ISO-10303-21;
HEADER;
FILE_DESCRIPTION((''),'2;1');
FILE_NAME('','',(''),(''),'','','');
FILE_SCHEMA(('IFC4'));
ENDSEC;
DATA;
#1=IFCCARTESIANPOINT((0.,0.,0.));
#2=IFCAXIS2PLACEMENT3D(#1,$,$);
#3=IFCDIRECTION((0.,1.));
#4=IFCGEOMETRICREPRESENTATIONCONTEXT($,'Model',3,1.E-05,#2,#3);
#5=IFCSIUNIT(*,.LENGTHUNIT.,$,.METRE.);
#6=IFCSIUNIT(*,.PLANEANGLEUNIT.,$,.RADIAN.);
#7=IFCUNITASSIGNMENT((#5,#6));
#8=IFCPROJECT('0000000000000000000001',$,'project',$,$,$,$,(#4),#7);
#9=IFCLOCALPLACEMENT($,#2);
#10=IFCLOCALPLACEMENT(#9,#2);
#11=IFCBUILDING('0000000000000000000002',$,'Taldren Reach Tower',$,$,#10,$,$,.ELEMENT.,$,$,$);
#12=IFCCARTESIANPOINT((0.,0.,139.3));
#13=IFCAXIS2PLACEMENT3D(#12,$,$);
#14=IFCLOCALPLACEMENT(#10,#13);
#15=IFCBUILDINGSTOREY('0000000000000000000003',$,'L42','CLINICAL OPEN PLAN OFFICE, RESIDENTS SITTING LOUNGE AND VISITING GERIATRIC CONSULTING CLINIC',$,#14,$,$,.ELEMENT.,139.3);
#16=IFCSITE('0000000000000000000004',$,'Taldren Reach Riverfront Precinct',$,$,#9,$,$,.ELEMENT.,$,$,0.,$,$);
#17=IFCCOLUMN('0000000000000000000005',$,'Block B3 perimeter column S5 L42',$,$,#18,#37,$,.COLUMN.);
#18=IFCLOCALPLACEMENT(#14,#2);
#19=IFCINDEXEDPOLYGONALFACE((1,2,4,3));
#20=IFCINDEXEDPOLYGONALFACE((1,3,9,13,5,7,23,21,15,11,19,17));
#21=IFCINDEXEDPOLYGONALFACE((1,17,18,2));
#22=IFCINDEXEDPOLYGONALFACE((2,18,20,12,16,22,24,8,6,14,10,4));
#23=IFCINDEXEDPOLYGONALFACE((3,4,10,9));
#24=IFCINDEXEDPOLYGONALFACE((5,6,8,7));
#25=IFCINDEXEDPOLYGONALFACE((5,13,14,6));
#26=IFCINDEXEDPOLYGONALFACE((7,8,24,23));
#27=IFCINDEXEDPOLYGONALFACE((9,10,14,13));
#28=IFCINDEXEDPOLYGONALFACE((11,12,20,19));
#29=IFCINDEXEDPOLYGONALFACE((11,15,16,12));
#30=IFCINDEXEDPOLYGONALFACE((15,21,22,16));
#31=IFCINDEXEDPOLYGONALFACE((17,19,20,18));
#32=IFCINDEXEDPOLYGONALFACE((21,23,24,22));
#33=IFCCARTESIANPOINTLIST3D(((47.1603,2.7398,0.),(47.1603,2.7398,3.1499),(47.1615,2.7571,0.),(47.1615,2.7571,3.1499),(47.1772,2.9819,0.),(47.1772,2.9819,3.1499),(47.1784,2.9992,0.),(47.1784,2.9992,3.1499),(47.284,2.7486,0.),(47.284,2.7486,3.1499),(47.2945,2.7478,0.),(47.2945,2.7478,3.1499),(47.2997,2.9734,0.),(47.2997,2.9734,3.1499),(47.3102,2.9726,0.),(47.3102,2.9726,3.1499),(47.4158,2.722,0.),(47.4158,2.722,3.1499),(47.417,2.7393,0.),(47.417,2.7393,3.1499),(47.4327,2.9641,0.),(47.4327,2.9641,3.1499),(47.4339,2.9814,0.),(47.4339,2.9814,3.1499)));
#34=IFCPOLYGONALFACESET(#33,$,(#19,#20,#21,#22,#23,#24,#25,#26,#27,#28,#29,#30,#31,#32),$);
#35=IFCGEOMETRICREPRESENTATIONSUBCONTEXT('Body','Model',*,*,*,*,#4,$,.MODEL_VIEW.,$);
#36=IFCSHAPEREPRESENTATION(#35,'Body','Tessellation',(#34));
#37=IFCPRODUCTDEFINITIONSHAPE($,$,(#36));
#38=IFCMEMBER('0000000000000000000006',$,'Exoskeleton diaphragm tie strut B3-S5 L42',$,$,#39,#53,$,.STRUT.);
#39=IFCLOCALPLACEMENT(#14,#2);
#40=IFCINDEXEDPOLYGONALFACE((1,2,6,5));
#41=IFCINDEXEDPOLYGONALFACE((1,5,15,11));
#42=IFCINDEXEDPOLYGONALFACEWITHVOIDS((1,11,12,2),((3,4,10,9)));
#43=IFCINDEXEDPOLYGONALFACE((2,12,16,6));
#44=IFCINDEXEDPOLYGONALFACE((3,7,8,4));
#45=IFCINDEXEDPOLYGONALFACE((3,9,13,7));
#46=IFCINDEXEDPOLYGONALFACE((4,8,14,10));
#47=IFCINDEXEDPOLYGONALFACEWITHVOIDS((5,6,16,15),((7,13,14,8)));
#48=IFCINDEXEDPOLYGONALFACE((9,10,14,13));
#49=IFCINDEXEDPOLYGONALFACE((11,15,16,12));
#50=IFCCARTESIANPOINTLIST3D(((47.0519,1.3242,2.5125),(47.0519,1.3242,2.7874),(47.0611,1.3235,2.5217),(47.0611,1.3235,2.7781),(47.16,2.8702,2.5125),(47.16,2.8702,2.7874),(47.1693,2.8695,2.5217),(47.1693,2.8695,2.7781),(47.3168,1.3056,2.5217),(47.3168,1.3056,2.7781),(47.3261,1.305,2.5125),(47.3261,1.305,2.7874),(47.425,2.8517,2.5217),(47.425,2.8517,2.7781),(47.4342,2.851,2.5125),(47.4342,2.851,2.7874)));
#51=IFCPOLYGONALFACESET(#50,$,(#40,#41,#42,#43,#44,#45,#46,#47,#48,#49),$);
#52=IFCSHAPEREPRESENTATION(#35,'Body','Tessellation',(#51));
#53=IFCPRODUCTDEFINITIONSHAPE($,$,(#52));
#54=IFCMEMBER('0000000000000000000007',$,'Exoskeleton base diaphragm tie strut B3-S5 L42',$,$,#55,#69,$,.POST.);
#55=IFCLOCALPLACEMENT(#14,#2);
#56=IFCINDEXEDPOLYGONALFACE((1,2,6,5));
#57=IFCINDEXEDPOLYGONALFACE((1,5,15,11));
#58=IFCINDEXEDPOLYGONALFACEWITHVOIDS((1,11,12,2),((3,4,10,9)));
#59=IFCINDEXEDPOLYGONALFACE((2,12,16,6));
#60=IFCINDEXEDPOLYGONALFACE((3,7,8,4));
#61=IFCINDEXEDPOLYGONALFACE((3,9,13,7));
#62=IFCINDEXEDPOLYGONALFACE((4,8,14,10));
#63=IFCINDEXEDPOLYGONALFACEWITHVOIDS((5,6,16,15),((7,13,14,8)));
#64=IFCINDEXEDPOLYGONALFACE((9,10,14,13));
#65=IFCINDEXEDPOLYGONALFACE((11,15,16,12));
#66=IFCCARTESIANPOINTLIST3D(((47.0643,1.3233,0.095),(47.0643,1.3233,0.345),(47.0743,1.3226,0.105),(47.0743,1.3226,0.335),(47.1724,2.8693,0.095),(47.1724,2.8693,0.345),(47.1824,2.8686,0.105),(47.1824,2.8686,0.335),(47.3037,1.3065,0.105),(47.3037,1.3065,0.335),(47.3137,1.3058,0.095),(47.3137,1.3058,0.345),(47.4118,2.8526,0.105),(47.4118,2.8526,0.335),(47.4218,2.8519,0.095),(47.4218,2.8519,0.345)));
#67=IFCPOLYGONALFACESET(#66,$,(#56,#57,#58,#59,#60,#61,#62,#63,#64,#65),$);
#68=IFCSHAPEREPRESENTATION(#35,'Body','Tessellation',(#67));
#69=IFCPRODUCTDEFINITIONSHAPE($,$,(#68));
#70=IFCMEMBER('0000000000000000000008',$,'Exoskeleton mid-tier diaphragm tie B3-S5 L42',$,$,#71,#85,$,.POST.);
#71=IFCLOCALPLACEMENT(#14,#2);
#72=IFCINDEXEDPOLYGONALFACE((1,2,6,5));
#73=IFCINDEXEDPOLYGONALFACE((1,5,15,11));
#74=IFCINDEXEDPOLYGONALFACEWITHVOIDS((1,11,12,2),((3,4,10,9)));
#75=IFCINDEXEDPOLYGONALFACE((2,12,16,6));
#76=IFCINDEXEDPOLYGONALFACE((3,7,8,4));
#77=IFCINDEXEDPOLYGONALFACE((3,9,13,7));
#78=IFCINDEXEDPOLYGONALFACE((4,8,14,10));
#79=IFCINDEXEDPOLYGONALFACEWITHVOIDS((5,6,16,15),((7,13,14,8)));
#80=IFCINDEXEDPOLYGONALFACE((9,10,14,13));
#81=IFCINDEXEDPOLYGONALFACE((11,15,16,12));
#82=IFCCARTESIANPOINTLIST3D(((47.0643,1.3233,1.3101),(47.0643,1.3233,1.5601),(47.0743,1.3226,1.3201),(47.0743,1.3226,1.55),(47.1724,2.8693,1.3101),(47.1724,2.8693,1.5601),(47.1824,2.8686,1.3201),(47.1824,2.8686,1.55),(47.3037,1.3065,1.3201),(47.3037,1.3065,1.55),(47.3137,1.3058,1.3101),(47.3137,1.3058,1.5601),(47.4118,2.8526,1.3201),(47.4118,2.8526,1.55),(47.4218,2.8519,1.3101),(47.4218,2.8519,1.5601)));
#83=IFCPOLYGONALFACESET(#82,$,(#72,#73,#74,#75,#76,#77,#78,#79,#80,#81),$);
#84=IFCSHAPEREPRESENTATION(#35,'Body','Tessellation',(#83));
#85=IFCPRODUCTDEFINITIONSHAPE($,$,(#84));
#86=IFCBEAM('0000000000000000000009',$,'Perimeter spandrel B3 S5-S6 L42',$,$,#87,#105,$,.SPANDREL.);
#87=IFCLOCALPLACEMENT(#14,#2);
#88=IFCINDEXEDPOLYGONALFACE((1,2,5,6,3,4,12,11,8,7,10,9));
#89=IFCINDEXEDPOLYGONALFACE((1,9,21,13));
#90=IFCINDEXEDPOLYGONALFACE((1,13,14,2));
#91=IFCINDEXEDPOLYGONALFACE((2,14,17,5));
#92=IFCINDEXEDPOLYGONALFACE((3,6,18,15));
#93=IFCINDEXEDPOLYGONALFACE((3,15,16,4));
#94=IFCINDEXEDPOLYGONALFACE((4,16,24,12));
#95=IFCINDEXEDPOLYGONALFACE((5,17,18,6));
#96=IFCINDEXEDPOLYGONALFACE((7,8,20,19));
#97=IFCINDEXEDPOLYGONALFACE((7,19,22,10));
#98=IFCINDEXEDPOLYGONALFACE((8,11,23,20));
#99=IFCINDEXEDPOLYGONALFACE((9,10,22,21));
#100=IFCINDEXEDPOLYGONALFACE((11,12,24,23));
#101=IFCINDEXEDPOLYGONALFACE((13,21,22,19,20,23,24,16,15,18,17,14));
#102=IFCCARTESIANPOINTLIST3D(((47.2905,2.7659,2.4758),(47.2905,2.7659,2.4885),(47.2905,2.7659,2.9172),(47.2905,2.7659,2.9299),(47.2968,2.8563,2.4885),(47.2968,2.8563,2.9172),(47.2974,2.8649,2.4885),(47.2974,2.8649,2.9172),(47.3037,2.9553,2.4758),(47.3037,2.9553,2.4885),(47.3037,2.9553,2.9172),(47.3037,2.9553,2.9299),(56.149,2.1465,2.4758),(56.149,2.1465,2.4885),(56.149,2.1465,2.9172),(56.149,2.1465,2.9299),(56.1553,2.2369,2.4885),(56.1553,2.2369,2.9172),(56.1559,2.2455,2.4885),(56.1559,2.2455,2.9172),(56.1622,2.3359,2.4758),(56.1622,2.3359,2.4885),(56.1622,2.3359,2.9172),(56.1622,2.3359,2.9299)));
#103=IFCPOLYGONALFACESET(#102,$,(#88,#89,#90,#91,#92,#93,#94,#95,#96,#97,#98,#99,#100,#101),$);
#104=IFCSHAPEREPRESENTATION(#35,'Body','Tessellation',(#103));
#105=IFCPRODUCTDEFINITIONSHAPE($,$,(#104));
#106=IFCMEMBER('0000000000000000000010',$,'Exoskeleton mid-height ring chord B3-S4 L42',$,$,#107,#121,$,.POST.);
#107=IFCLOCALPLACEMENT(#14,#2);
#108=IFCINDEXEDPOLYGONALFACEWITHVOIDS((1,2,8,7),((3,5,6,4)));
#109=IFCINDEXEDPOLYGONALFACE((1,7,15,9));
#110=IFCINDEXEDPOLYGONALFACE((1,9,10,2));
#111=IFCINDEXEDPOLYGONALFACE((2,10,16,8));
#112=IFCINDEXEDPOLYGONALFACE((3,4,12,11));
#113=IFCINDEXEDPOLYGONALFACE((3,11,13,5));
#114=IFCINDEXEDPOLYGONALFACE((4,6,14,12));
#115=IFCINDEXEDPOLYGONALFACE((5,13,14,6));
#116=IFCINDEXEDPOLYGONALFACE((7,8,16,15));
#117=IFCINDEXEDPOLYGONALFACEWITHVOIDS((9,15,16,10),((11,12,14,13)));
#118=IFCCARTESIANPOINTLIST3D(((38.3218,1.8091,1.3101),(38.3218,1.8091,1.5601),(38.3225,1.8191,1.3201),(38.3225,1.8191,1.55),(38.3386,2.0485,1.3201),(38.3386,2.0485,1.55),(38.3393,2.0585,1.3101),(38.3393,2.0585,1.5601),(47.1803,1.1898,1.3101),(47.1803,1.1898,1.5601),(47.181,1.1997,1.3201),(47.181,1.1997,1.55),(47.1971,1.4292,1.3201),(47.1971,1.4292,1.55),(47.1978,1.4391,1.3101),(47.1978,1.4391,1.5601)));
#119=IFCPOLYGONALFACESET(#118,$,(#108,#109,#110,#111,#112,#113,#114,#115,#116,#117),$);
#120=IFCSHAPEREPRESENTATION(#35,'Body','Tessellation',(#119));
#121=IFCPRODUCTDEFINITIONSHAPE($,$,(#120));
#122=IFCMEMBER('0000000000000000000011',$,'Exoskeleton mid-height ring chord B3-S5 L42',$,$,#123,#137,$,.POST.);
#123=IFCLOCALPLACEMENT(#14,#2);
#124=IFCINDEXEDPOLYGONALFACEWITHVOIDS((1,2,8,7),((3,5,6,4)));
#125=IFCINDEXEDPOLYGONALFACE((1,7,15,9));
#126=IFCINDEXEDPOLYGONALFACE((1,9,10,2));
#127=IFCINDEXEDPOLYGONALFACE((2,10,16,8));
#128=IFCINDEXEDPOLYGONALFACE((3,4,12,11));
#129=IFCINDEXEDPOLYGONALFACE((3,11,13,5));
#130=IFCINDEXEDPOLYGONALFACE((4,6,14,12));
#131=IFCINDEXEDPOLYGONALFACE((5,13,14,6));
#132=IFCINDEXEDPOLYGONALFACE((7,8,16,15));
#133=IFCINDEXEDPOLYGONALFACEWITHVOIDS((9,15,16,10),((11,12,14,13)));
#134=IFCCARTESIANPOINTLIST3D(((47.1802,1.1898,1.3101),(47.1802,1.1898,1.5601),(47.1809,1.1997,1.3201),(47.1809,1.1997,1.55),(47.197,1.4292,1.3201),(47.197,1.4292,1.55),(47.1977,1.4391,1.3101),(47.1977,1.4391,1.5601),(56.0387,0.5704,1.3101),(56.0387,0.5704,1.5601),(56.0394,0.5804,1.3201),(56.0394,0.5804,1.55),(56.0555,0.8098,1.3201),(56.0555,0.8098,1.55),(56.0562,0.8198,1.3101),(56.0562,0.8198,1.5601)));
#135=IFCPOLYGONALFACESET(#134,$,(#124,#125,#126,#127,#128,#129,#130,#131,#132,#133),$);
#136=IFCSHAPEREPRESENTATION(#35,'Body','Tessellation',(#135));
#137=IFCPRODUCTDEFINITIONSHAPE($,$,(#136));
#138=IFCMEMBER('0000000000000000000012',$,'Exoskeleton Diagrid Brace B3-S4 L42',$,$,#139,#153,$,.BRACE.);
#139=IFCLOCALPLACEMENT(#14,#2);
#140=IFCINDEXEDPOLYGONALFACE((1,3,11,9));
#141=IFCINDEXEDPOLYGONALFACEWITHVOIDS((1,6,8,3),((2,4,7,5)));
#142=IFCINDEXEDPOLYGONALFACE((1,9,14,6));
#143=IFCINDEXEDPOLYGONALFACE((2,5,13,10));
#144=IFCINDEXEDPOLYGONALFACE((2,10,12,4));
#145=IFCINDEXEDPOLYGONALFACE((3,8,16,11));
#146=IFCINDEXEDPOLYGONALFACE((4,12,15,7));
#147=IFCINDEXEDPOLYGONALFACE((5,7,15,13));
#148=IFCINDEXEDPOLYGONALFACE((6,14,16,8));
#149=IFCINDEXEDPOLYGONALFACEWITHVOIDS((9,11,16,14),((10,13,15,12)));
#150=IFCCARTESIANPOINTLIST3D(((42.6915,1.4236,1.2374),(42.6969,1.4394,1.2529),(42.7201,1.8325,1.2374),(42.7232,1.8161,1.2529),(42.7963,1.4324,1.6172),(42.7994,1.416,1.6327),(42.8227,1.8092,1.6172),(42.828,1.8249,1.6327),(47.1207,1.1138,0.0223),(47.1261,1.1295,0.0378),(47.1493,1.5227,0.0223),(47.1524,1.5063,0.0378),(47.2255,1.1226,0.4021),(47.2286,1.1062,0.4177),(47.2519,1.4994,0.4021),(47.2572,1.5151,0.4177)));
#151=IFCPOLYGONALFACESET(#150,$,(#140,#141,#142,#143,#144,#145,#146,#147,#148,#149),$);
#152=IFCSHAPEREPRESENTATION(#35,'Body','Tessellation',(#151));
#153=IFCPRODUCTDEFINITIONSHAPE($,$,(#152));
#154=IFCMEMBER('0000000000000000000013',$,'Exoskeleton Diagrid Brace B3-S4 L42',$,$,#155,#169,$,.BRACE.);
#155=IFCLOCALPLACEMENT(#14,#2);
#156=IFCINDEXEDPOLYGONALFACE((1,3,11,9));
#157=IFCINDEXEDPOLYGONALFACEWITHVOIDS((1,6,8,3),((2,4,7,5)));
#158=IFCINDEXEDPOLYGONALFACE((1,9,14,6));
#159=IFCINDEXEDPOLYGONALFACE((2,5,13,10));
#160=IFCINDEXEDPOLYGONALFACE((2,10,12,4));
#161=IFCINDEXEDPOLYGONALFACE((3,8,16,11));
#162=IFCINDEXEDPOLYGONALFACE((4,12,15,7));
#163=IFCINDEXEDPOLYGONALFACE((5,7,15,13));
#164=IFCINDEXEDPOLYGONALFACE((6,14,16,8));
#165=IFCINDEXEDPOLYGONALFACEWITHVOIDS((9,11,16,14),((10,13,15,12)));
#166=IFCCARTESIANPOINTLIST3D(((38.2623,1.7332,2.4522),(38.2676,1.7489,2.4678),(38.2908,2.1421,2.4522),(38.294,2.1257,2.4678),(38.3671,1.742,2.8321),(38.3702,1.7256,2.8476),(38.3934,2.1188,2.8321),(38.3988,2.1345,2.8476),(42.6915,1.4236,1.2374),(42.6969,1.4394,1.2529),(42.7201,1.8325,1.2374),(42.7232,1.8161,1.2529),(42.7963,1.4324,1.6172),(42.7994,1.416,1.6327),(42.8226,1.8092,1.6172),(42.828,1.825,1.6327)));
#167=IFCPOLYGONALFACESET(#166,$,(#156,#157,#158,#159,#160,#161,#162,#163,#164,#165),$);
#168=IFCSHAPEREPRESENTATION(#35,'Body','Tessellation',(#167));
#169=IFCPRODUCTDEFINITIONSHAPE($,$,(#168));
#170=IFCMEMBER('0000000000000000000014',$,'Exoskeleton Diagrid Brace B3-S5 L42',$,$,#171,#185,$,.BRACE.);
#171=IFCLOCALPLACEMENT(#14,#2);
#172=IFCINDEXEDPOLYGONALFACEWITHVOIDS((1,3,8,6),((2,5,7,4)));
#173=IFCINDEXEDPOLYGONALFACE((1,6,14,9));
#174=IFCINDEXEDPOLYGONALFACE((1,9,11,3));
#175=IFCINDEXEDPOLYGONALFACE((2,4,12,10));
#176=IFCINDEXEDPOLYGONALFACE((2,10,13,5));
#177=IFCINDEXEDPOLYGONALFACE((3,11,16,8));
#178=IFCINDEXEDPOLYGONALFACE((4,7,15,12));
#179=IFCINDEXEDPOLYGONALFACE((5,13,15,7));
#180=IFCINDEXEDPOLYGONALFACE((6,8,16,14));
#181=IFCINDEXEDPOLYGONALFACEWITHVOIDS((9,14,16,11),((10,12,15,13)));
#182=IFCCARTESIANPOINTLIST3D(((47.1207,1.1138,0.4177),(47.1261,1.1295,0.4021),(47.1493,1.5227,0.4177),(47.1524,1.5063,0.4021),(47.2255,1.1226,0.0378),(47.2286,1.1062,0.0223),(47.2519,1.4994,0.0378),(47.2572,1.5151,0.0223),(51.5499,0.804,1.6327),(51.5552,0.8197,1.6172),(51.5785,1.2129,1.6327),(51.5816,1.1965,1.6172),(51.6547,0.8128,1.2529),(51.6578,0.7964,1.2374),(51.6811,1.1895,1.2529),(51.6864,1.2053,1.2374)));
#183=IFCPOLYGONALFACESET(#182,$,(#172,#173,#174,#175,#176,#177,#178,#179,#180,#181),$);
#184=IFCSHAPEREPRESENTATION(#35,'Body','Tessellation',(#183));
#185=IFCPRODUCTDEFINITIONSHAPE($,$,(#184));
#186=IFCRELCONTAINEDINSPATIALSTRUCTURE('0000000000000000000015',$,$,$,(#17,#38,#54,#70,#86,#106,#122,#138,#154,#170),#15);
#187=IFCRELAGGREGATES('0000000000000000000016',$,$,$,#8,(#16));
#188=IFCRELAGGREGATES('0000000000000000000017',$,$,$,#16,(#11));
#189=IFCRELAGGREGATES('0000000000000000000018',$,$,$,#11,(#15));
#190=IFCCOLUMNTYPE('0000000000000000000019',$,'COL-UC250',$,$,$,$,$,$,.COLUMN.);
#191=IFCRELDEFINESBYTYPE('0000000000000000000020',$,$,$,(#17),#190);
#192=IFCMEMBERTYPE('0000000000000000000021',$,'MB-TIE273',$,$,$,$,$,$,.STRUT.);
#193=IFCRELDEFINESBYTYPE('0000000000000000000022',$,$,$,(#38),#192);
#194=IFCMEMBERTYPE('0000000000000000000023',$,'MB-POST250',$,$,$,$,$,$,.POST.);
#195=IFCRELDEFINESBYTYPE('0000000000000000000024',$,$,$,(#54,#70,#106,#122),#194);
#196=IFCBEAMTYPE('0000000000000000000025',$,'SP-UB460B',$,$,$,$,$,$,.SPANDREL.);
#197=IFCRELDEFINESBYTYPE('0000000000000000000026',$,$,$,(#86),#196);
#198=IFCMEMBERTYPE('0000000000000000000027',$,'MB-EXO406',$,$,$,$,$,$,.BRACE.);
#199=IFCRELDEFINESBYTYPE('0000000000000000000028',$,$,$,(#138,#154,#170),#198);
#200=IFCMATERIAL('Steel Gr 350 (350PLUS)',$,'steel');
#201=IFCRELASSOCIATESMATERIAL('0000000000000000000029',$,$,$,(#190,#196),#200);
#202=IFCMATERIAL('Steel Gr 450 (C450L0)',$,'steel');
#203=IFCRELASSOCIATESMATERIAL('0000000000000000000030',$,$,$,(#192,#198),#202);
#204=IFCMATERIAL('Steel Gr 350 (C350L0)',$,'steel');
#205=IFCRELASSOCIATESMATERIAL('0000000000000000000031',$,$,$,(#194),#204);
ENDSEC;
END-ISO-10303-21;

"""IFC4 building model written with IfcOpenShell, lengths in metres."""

from ifc_helpers import new_model, si_unit, direction, frame, origin, origin_2d, place, context, subcontext, project, spatial, hollow_rectangle, i_section, extrude, source, transform, mapped, material, material_profile, profile_set, type_object, element, save


model = new_model("IFC4")

# Units and contexts
model_context = context("Model", 3, precision=1e-05, world=origin(), true_north=direction((0.0, 1.0)))
body_context = subcontext(model_context, "Body", "Model", "MODEL_VIEW")
ifc_project = project(units=[si_unit("LENGTHUNIT", "METRE"), si_unit("PLANEANGLEUNIT", "RADIAN")], contexts=[model_context])

# Site, building, storey
site_placement = place(None, origin())
site = spatial("IfcSite", under=ifc_project, at=site_placement, Name="Taldren Reach Riverfront Precinct", CompositionType="ELEMENT", RefElevation=0.0)
building_placement = place(site_placement, origin())
building = spatial("IfcBuilding", under=site, at=building_placement, Name="Taldren Reach Tower", CompositionType="ELEMENT")
storey_placement = place(building_placement, frame((0.0, 0.0, 139.3)))
storey = spatial("IfcBuildingStorey", under=building, at=storey_placement, Name="L42", Description="CLINICAL OPEN PLAN OFFICE, RESIDENTS SITTING LOUNGE AND VISITING GERIATRIC CONSULTING CLINIC", CompositionType="ELEMENT", Elevation=139.3)

# Column
ifc_material_1 = material(Name="Steel Gr 350 (350PLUS)", Category="steel")
ifc_material_profile_1 = material_profile(ifc_material_1, i_section(OverallWidth=0.2561, OverallDepth=0.26, WebThickness=0.0105, FlangeThickness=0.0173, at=origin_2d()), Name="250UC89.5")
ifc_profile_set_1 = profile_set([ifc_material_profile_1], Name="Steel Gr 350 (350PLUS)")
column_type = type_object("IfcColumnType", Name="COL-UC250", PredefinedType="COLUMN", material=ifc_profile_set_1)
shared_shape_1 = source(origin(), body_context, "Body", "SweptSolid", [
    extrude(i_section(OverallWidth=0.2561, OverallDepth=0.26, WebThickness=0.0105, FlangeThickness=0.0173, at=origin_2d()), origin(), (0.0, 0.0, 1.0), 3.1499),
])
column_placement = place(storey_placement, frame((47.2971, 2.8606, 0.0), z_axis=(0.0, 0.0, 1.0), x_axis=(0.997564, -0.069756, 0.0)))
element("IfcColumn", 1, at=column_placement, inside=storey, type_object=column_type, Name="Block B3 perimeter column S5 L42", PredefinedType="COLUMN", context=body_context, shape_type="MappedRepresentation", body=[
    mapped(shared_shape_1, transform((0.0, 0.0, 0.0), scale=1.0)),
])

# Members
ifc_material_2 = material(Name="Steel Gr 450 (C450L0)", Category="steel")
ifc_material_profile_2 = material_profile(ifc_material_2, hollow_rectangle(XDim=0.2749, YDim=0.2749, WallThickness=0.0093, at=origin_2d()), Name="275x275x9.3SHS")
ifc_profile_set_2 = profile_set([ifc_material_profile_2], Name="Steel Gr 450 (C450L0)")
member_type_1 = type_object("IfcMemberType", Name="MB-TIE273", PredefinedType="STRUT", material=ifc_profile_set_2)
shared_shape_2 = source(origin(), body_context, "Body", "SweptSolid", [
    extrude(hollow_rectangle(XDim=0.2749, YDim=0.2749, WallThickness=0.0093, at=origin_2d()), origin(), (0.0, 0.0, 1.0), 1.5498),
])
member_1_placement = place(storey_placement, frame((47.2971, 2.8606, 2.6499), z_axis=(-0.069781, -0.997562, 0.0), x_axis=(0.997562, -0.069781, 0.0)))
element("IfcMember", 2, at=member_1_placement, inside=storey, type_object=member_type_1, Name="Exoskeleton diaphragm tie strut B3-S5 L42", PredefinedType="STRUT", context=body_context, shape_type="MappedRepresentation", body=[
    mapped(shared_shape_2, transform((0.0, 0.0, 0.0), scale=1.0)),
])
ifc_material_3 = material(Name="Steel Gr 350 (C350L0)", Category="steel")
ifc_material_profile_3 = material_profile(ifc_material_3, hollow_rectangle(XDim=0.25, YDim=0.25, WallThickness=0.01, at=origin_2d()), Name="250x250x10.0SHS")
ifc_profile_set_3 = profile_set([ifc_material_profile_3], Name="Steel Gr 350 (C350L0)")
member_type_2 = type_object("IfcMemberType", Name="MB-POST250", PredefinedType="POST", material=ifc_profile_set_3)
shared_shape_3 = source(origin(), body_context, "Body", "SweptSolid", [
    extrude(hollow_rectangle(XDim=0.25, YDim=0.25, WallThickness=0.01, at=origin_2d()), origin(), (0.0, 0.0, 1.0), 1.5498),
])
for number, where, z_axis, x_axis, name in (
    (3, (47.2971, 2.8606, 0.22), (-0.069781, -0.997562, 0.0), (0.997562, -0.069781, 0.0), "Exoskeleton base diaphragm tie strut B3-S5 L42"),
    (4, (47.2971, 2.8606, 1.4351), (-0.069781, -0.997562, 0.0), (0.997562, -0.069781, 0.0), "Exoskeleton mid-tier diaphragm tie B3-S5 L42"),
):
    element("IfcMember", number, at=place(storey_placement, frame(where, z_axis=z_axis, x_axis=x_axis)), inside=storey, type_object=member_type_2, Name=name, PredefinedType="POST", context=body_context, shape_type="MappedRepresentation", body=[
        mapped(shared_shape_3, transform((0.0, 0.0, 0.0), scale=1.0)),
    ])

# Beam
ifc_material_profile_4 = material_profile(ifc_material_1, i_section(OverallWidth=0.1899, OverallDepth=0.4541, WebThickness=0.0085, FlangeThickness=0.0127, at=origin_2d()), Name="460UB67.1")
ifc_profile_set_4 = profile_set([ifc_material_profile_4], Name="Steel Gr 350 (350PLUS)")
beam_type = type_object("IfcBeamType", Name="SP-UB460B", PredefinedType="SPANDREL", material=ifc_profile_set_4)
shared_shape_4 = source(origin(), body_context, "Body", "SweptSolid", [
    extrude(i_section(OverallWidth=0.1899, OverallDepth=0.4541, WebThickness=0.0085, FlangeThickness=0.0127, at=origin_2d()), origin(), (0.0, 0.0, 1.0), 8.8801),
])
beam_placement = place(storey_placement, frame((47.2971, 2.8606, 2.7029), z_axis=(0.997564, -0.06975, 0.0), x_axis=(0.06975, 0.997564, 0.0)))
element("IfcBeam", 5, at=beam_placement, inside=storey, type_object=beam_type, Name="Perimeter spandrel B3 S5-S6 L42", PredefinedType="SPANDREL", context=body_context, shape_type="MappedRepresentation", body=[
    mapped(shared_shape_4, transform((0.0, 0.0, 0.0), scale=1.0)),
])

# Members
shared_shape_5 = source(origin(), body_context, "Body", "SweptSolid", [
    extrude(hollow_rectangle(XDim=0.25, YDim=0.25, WallThickness=0.01, at=origin_2d()), origin(), (0.0, 0.0, 1.0), 8.8801),
])
for number, where, z_axis, x_axis, name in (
    (6, (38.3306, 1.9338, 1.4351), (0.997564, -0.06975, 0.0), (0.06975, 0.997564, 0.0), "Exoskeleton mid-height ring chord B3-S4 L42"),
    (7, (47.189, 1.3145, 1.4351), (0.997564, -0.06975, 0.0), (0.06975, 0.997564, 0.0), "Exoskeleton mid-height ring chord B3-S5 L42"),
):
    element("IfcMember", number, at=place(storey_placement, frame(where, z_axis=z_axis, x_axis=x_axis)), inside=storey, type_object=member_type_2, Name=name, PredefinedType="POST", context=body_context, shape_type="MappedRepresentation", body=[
        mapped(shared_shape_5, transform((0.0, 0.0, 0.0), scale=1.0)),
    ])
ifc_material_profile_5 = material_profile(ifc_material_2, hollow_rectangle(XDim=0.4099, YDim=0.4099, WallThickness=0.0161, at=origin_2d()), Name="410x410x16.0SHS")
ifc_profile_set_5 = profile_set([ifc_material_profile_5], Name="Steel Gr 450 (C450L0)")
member_type_3 = type_object("IfcMemberType", Name="MB-EXO406", PredefinedType="BRACE", material=ifc_profile_set_5)
shared_shape_6 = source(origin(), body_context, "Body", "SweptSolid", [
    extrude(hollow_rectangle(XDim=0.4099, YDim=0.4099, WallThickness=0.0161, at=origin_2d()), origin(), (0.0, 0.0, 1.0), 4.6033),
])
for number, where, z_axis, x_axis, name in (
    (8, (47.189, 1.3145, 0.22), (-0.962182, 0.067303, 0.263961), (-0.069778, -0.997563, 0.0), "Exoskeleton Diagrid Brace B3-S4 L42"),
    (9, (42.7598, 1.6243, 1.4351), (-0.962199, 0.067251, 0.263913), (-0.069723, -0.997566, 0.0), "Exoskeleton Diagrid Brace B3-S4 L42"),
    (10, (47.189, 1.3145, 0.22), (0.962182, -0.067303, 0.263961), (0.069778, 0.997563, 0.0), "Exoskeleton Diagrid Brace B3-S5 L42"),
):
    element("IfcMember", number, at=place(storey_placement, frame(where, z_axis=z_axis, x_axis=x_axis)), inside=storey, type_object=member_type_3, Name=name, PredefinedType="BRACE", context=body_context, shape_type="MappedRepresentation", body=[
        mapped(shared_shape_6, transform((0.0, 0.0, 0.0), scale=1.0)),
    ])

save(model, "model.ifc")
